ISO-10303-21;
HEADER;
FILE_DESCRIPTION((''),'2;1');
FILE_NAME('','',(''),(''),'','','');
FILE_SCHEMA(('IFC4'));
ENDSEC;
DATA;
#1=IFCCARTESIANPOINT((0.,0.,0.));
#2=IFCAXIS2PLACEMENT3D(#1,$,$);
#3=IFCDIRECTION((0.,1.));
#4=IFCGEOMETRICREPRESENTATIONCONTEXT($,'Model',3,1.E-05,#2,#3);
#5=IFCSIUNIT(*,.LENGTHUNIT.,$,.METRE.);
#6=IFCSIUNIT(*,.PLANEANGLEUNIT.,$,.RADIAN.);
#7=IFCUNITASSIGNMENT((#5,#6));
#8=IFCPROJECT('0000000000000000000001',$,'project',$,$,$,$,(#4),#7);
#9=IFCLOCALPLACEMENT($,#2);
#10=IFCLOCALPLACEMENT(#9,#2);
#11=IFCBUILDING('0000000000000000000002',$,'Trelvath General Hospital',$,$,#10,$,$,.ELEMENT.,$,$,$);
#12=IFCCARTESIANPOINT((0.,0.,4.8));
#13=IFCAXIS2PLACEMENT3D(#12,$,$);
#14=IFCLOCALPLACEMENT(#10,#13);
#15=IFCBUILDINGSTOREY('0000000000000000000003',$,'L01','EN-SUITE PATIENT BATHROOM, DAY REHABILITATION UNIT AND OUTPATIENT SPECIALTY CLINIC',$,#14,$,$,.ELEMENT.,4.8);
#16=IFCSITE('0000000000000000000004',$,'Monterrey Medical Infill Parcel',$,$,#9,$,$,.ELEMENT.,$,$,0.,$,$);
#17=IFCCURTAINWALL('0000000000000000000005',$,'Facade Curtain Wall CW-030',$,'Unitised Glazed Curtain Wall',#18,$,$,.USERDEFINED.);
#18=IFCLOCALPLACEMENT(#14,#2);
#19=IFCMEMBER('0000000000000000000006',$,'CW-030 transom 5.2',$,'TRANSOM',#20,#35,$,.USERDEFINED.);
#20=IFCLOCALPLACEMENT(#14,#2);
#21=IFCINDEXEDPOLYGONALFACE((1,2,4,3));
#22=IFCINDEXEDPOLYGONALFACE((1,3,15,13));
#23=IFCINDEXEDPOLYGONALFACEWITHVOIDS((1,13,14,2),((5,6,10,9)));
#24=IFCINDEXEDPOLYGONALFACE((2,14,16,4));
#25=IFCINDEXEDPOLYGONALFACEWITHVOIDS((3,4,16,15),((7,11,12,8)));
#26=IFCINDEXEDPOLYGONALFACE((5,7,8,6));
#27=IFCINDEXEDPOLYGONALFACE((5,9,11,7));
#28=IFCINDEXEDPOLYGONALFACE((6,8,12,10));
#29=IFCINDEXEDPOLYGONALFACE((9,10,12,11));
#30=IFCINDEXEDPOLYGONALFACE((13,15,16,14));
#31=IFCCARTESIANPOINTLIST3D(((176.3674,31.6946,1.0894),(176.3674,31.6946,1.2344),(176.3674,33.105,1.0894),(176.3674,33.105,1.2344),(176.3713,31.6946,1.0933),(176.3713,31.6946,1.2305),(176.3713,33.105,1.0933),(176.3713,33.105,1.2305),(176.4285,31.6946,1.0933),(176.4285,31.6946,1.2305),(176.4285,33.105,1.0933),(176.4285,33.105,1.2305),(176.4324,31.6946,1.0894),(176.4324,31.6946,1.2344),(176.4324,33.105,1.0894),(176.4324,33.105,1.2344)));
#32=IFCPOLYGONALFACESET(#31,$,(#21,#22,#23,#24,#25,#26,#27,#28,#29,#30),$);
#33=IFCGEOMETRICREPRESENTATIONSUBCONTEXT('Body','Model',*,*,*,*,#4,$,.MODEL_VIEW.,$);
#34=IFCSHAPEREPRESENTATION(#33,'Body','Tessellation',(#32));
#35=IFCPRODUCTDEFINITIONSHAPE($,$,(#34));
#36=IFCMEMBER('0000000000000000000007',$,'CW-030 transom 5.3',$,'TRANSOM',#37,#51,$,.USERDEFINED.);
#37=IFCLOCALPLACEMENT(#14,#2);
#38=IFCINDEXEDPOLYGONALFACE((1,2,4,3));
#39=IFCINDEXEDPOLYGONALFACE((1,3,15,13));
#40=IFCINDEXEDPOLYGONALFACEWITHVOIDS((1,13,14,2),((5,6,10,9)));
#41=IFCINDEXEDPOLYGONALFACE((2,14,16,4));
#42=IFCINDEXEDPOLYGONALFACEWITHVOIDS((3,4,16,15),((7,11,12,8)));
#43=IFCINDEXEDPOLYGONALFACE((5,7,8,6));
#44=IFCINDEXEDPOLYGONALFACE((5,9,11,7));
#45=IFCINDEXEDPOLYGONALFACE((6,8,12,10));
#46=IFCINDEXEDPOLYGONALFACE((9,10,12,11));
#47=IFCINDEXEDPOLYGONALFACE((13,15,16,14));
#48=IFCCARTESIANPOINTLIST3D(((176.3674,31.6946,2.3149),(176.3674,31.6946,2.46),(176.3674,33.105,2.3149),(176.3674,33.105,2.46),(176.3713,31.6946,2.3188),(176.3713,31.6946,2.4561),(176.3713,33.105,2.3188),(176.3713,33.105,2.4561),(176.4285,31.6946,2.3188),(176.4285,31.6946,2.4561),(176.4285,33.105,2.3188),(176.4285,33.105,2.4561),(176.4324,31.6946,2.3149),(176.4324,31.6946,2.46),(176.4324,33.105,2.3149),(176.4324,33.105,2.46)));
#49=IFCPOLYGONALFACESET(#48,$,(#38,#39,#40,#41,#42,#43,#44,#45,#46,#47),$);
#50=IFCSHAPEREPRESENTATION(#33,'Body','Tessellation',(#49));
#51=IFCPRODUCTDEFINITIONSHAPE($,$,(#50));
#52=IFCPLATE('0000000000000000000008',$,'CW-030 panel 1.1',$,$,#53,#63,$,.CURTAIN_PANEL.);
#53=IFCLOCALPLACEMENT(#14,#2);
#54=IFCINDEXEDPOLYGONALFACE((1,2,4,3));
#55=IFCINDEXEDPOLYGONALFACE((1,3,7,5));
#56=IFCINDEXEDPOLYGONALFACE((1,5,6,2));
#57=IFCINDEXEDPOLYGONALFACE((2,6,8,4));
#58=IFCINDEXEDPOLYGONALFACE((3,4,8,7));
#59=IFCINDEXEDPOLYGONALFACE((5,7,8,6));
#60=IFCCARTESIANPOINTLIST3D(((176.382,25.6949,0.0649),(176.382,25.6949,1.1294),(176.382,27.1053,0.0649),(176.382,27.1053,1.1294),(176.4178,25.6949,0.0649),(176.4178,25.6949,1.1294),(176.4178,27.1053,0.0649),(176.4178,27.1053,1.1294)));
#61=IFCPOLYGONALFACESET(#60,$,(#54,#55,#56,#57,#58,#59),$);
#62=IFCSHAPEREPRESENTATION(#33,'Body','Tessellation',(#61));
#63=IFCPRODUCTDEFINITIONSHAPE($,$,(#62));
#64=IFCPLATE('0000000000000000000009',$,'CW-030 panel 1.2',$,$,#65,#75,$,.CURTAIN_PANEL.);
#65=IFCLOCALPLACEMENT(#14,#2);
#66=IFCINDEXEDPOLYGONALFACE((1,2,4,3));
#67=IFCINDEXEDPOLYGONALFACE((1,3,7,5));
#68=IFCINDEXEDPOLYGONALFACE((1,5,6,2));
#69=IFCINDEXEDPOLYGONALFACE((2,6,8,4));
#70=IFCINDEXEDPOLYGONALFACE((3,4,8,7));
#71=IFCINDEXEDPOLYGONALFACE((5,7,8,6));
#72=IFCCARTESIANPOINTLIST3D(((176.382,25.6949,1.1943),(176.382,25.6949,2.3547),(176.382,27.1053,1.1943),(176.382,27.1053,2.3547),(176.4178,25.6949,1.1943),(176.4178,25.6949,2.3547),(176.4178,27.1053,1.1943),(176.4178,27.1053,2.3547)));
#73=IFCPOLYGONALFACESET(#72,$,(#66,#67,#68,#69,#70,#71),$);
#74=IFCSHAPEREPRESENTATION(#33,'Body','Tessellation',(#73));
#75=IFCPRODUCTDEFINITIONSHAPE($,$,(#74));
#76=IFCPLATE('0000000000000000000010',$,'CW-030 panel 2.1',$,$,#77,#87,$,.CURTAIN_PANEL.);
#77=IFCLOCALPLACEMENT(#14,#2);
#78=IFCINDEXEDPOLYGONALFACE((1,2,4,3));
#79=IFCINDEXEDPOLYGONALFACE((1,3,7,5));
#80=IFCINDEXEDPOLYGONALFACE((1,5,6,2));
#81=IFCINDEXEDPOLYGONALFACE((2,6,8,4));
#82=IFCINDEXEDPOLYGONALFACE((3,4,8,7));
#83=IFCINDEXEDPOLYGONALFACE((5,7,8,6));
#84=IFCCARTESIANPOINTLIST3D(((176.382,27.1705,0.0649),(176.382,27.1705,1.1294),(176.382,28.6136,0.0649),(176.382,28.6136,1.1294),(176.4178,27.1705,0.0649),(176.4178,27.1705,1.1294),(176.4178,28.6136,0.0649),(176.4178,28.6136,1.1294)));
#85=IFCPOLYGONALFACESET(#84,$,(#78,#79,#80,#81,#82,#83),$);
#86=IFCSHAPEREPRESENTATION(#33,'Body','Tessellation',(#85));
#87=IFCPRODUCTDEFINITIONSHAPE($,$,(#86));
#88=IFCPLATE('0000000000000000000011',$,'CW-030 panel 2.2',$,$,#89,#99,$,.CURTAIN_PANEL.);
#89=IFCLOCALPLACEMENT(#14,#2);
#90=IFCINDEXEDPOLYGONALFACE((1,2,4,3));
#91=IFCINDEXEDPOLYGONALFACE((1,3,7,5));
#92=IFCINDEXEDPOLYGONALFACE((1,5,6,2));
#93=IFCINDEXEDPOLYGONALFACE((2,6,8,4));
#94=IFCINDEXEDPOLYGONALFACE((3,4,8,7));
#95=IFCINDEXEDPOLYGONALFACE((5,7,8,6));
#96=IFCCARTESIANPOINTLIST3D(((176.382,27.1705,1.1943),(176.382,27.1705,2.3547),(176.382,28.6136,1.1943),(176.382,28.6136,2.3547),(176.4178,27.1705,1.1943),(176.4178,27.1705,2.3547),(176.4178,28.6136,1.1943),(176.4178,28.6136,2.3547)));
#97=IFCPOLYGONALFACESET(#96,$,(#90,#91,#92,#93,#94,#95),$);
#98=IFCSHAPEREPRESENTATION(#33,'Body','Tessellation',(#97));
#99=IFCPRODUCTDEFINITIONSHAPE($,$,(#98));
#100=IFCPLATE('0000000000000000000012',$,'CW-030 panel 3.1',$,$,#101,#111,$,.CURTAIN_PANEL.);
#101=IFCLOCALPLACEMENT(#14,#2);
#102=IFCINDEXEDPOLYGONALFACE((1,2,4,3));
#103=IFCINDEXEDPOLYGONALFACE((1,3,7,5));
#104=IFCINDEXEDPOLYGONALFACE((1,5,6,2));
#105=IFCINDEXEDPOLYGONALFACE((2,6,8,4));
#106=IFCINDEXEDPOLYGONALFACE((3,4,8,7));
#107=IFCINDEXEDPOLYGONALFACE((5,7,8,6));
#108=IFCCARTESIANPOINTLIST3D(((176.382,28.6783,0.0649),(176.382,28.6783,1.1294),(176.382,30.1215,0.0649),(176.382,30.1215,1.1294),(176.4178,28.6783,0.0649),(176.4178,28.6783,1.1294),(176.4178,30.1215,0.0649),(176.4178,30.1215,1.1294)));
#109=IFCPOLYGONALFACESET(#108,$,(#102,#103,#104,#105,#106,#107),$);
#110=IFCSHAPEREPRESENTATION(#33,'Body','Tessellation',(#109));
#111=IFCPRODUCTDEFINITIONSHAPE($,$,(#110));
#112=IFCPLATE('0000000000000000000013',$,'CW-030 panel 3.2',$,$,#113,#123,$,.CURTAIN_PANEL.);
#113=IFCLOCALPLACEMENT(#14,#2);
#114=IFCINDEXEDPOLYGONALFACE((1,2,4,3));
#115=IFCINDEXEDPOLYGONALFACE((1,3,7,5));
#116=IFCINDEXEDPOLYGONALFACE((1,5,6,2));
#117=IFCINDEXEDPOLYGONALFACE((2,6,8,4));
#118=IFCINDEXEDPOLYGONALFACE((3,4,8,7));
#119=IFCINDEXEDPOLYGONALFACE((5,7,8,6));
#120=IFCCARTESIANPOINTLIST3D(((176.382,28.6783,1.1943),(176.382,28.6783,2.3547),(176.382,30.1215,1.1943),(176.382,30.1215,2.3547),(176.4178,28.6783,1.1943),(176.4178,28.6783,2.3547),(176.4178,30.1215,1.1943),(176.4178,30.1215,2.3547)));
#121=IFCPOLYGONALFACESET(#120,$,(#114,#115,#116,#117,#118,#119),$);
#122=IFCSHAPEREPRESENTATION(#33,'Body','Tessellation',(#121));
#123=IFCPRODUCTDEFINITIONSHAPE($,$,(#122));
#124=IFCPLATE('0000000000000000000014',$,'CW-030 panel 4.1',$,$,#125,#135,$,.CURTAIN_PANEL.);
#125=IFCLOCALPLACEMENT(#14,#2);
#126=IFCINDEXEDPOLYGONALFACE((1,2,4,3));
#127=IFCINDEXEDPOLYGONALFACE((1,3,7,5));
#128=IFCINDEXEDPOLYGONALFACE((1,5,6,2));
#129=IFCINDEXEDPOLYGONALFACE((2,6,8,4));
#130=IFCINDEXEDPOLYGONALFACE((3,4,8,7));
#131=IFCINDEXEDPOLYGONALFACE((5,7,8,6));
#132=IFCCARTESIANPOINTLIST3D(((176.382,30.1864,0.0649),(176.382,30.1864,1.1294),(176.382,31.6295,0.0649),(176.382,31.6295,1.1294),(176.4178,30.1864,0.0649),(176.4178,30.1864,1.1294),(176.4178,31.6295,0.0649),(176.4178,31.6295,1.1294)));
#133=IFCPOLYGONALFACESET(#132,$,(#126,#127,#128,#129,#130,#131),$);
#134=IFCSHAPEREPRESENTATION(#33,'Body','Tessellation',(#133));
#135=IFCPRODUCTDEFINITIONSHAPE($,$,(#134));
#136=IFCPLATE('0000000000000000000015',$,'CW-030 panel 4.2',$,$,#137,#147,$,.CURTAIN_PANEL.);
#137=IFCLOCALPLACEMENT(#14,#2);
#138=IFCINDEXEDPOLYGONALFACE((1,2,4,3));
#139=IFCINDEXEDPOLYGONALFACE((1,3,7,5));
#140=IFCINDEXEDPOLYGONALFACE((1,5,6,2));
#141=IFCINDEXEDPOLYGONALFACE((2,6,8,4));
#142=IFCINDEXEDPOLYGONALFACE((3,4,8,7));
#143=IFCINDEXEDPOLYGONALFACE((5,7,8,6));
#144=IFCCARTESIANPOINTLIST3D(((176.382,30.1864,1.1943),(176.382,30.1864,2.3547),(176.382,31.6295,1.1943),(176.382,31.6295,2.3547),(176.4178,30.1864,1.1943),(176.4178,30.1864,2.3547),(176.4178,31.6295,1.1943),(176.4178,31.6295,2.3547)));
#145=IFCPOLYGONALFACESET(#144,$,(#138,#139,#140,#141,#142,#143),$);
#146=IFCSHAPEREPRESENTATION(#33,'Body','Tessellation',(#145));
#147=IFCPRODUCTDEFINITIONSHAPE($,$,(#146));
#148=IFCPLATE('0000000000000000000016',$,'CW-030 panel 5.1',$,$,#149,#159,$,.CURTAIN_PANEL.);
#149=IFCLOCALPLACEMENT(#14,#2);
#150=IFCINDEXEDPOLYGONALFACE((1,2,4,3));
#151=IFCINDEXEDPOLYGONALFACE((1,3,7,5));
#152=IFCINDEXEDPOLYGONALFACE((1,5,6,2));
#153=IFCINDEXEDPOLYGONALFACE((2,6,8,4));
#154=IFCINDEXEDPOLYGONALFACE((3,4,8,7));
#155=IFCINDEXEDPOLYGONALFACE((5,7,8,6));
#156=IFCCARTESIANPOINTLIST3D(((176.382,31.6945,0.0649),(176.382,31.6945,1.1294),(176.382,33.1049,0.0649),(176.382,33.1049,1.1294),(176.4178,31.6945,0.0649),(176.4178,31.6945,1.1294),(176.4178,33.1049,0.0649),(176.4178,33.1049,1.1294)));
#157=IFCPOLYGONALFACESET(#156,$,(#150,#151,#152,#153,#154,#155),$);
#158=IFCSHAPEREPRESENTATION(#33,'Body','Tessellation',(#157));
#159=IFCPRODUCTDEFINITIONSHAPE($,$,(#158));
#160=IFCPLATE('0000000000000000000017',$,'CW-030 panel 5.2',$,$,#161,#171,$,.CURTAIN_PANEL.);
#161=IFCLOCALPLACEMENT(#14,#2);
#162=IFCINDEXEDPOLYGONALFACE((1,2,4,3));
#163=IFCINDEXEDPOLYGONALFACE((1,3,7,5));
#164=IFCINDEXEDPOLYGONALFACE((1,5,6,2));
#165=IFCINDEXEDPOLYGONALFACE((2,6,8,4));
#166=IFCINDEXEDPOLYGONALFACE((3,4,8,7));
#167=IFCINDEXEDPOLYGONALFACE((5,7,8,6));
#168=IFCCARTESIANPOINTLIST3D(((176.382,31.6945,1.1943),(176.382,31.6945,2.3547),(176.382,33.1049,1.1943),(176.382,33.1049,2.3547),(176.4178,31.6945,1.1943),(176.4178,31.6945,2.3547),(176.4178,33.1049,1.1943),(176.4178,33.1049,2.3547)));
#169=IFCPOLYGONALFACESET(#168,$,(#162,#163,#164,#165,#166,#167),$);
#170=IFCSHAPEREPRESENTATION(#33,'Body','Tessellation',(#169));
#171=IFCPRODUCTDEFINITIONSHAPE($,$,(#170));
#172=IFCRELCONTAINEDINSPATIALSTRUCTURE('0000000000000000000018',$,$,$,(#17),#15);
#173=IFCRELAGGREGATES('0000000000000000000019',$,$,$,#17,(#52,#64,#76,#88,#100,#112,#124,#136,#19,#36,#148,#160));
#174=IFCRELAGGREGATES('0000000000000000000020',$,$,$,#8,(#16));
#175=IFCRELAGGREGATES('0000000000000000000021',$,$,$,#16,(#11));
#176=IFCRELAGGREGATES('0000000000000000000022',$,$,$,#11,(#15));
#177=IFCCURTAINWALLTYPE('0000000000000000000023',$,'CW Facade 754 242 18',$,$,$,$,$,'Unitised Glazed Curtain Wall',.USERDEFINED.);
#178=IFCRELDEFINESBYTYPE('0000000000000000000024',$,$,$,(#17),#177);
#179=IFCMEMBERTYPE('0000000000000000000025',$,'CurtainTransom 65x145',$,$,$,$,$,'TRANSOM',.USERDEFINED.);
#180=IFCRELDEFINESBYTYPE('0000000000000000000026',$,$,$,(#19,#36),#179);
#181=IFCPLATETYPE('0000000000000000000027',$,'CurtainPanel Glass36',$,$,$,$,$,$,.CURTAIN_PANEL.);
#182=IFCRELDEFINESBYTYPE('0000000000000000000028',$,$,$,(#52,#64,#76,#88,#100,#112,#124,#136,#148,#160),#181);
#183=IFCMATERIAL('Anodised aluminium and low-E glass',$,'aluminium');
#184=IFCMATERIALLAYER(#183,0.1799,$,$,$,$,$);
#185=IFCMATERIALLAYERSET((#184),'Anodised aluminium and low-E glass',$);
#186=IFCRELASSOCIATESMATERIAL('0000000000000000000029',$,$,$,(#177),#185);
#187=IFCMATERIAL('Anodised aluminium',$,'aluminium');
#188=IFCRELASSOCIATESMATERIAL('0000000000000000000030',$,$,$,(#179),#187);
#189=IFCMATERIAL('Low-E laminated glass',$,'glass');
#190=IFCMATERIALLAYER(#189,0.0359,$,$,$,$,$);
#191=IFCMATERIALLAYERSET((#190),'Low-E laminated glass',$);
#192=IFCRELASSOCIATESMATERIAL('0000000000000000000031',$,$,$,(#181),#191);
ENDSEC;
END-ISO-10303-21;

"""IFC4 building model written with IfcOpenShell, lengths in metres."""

from ifc_helpers import new_model, si_unit, direction, frame, origin, origin_2d, place, context, subcontext, project, spatial, rectangle, hollow_rectangle, extrude, material, layer, layer_set, material_profile, profile_set, type_object, element, aggregate, save


model = new_model("IFC4")

# Units and contexts
model_context = context("Model", 3, precision=1e-05, world=origin(), true_north=direction((0.0, 1.0)))
body_context = subcontext(model_context, "Body", "Model", "MODEL_VIEW")
ifc_project = project(units=[si_unit("LENGTHUNIT", "METRE"), si_unit("PLANEANGLEUNIT", "RADIAN")], contexts=[model_context])

# Site, building, storey
site_placement = place(None, origin())
site = spatial("IfcSite", under=ifc_project, at=site_placement, Name="Monterrey Medical Infill Parcel", CompositionType="ELEMENT", RefElevation=0.0)
building_placement = place(site_placement, origin())
building = spatial("IfcBuilding", under=site, at=building_placement, Name="Trelvath General Hospital", CompositionType="ELEMENT")
storey_placement = place(building_placement, frame((0.0, 0.0, 4.8)))
storey = spatial("IfcBuildingStorey", under=building, at=storey_placement, Name="L01", Description="EN-SUITE PATIENT BATHROOM, DAY REHABILITATION UNIT AND OUTPATIENT SPECIALTY CLINIC", CompositionType="ELEMENT", Elevation=4.8)

# Curtain wall, members, plates
ifc_material_1 = material(Name="Anodised aluminium and low-E glass", Category="aluminium")
ifc_layer_1 = layer(ifc_material_1, 0.1799)
ifc_layer_set_1 = layer_set([ifc_layer_1], Name="Anodised aluminium and low-E glass")
curtain_wall_type = type_object("IfcCurtainWallType", Name="CW Facade 754 242 18", ElementType="Unitised Glazed Curtain Wall", PredefinedType="USERDEFINED", material=ifc_layer_set_1)
curtain_wall_placement = place(storey_placement, origin())
curtain_wall = element("IfcCurtainWall", 1, at=curtain_wall_placement, inside=storey, type_object=curtain_wall_type, Name="Facade Curtain Wall CW-030", ObjectType="Unitised Glazed Curtain Wall", PredefinedType="USERDEFINED")
ifc_material_2 = material(Name="Anodised aluminium", Category="aluminium")
ifc_material_profile_1 = material_profile(ifc_material_2, hollow_rectangle(XDim=0.0649, YDim=0.145, WallThickness=0.0039, at=origin_2d()), Name="RHS65x145x4")
ifc_profile_set_1 = profile_set([ifc_material_profile_1], Name="Anodised aluminium")
member_type_1 = type_object("IfcMemberType", Name="CurtainTransom 65x145", ElementType="TRANSOM", PredefinedType="USERDEFINED", material=ifc_profile_set_1)
member_1_placement = place(storey_placement, frame((176.3999, 31.6946, 1.1619), z_axis=(0.0, 1.0, 0.0), x_axis=(-1.0, 0.0, 0.0)))
member_1 = element("IfcMember", 2, at=member_1_placement, type_object=member_type_1, Name="CW-030 transom 5.2", ObjectType="TRANSOM", PredefinedType="USERDEFINED", context=body_context, shape_type="SweptSolid", body=[
    extrude(hollow_rectangle(XDim=0.0649, YDim=0.145, WallThickness=0.0039, at=origin_2d()), origin(), (0.0, 0.0, 1.0), 1.4104),
])
member_2_placement = place(storey_placement, frame((176.3999, 31.6946, 2.3875), z_axis=(0.0, 1.0, 0.0), x_axis=(-1.0, 0.0, 0.0)))
member_2 = element("IfcMember", 3, at=member_2_placement, type_object=member_type_1, Name="CW-030 transom 5.3", ObjectType="TRANSOM", PredefinedType="USERDEFINED", context=body_context, shape_type="SweptSolid", body=[
    extrude(hollow_rectangle(XDim=0.0649, YDim=0.145, WallThickness=0.0039, at=origin_2d()), origin(), (0.0, 0.0, 1.0), 1.4104),
])
ifc_material_3 = material(Name="Low-E laminated glass", Category="glass")
ifc_layer_2 = layer(ifc_material_3, 0.0359)
ifc_layer_set_2 = layer_set([ifc_layer_2], Name="Low-E laminated glass")
plate_type = type_object("IfcPlateType", Name="CurtainPanel Glass36", PredefinedType="CURTAIN_PANEL", material=ifc_layer_set_2)
plate_1_placement = place(storey_placement, frame((176.3999, 26.4001, 0.0649), z_axis=(0.0, 0.0, 1.0), x_axis=(0.0, 1.0, 0.0)))
plate_1 = element("IfcPlate", 4, at=plate_1_placement, type_object=plate_type, Name="CW-030 panel 1.1", PredefinedType="CURTAIN_PANEL", context=body_context, shape_type="SweptSolid", body=[
    extrude(rectangle(XDim=1.4104, YDim=0.0359, at=origin_2d()), origin(), (0.0, 0.0, 1.0), 1.0645),
])
plate_2_placement = place(storey_placement, frame((176.3999, 26.4001, 1.1943), z_axis=(0.0, 0.0, 1.0), x_axis=(0.0, 1.0, 0.0)))
plate_2 = element("IfcPlate", 5, at=plate_2_placement, type_object=plate_type, Name="CW-030 panel 1.2", PredefinedType="CURTAIN_PANEL", context=body_context, shape_type="SweptSolid", body=[
    extrude(rectangle(XDim=1.4104, YDim=0.0359, at=origin_2d()), origin(), (0.0, 0.0, 1.0), 1.1604),
])
plate_3_placement = place(storey_placement, frame((176.3999, 27.8921, 0.0649), z_axis=(0.0, 0.0, 1.0), x_axis=(0.0, 1.0, 0.0)))
plate_3 = element("IfcPlate", 6, at=plate_3_placement, type_object=plate_type, Name="CW-030 panel 2.1", PredefinedType="CURTAIN_PANEL", context=body_context, shape_type="SweptSolid", body=[
    extrude(rectangle(XDim=1.4431, YDim=0.0359, at=origin_2d()), origin(), (0.0, 0.0, 1.0), 1.0645),
])
plate_4_placement = place(storey_placement, frame((176.3999, 27.8921, 1.1943), z_axis=(0.0, 0.0, 1.0), x_axis=(0.0, 1.0, 0.0)))
plate_4 = element("IfcPlate", 7, at=plate_4_placement, type_object=plate_type, Name="CW-030 panel 2.2", PredefinedType="CURTAIN_PANEL", context=body_context, shape_type="SweptSolid", body=[
    extrude(rectangle(XDim=1.4431, YDim=0.0359, at=origin_2d()), origin(), (0.0, 0.0, 1.0), 1.1604),
])
plate_5_placement = place(storey_placement, frame((176.3999, 29.3999, 0.0649), z_axis=(0.0, 0.0, 1.0), x_axis=(0.0, 1.0, 0.0)))
plate_5 = element("IfcPlate", 8, at=plate_5_placement, type_object=plate_type, Name="CW-030 panel 3.1", PredefinedType="CURTAIN_PANEL", context=body_context, shape_type="SweptSolid", body=[
    extrude(rectangle(XDim=1.4431, YDim=0.0359, at=origin_2d()), origin(), (0.0, 0.0, 1.0), 1.0645),
])
plate_6_placement = place(storey_placement, frame((176.3999, 29.3999, 1.1943), z_axis=(0.0, 0.0, 1.0), x_axis=(0.0, 1.0, 0.0)))
plate_6 = element("IfcPlate", 9, at=plate_6_placement, type_object=plate_type, Name="CW-030 panel 3.2", PredefinedType="CURTAIN_PANEL", context=body_context, shape_type="SweptSolid", body=[
    extrude(rectangle(XDim=1.4431, YDim=0.0359, at=origin_2d()), origin(), (0.0, 0.0, 1.0), 1.1604),
])
plate_7_placement = place(storey_placement, frame((176.3999, 30.908, 0.0649), z_axis=(0.0, 0.0, 1.0), x_axis=(0.0, 1.0, 0.0)))
plate_7 = element("IfcPlate", 10, at=plate_7_placement, type_object=plate_type, Name="CW-030 panel 4.1", PredefinedType="CURTAIN_PANEL", context=body_context, shape_type="SweptSolid", body=[
    extrude(rectangle(XDim=1.4431, YDim=0.0359, at=origin_2d()), origin(), (0.0, 0.0, 1.0), 1.0645),
])
plate_8_placement = place(storey_placement, frame((176.3999, 30.908, 1.1943), z_axis=(0.0, 0.0, 1.0), x_axis=(0.0, 1.0, 0.0)))
plate_8 = element("IfcPlate", 11, at=plate_8_placement, type_object=plate_type, Name="CW-030 panel 4.2", PredefinedType="CURTAIN_PANEL", context=body_context, shape_type="SweptSolid", body=[
    extrude(rectangle(XDim=1.4431, YDim=0.0359, at=origin_2d()), origin(), (0.0, 0.0, 1.0), 1.1604),
])
plate_9_placement = place(storey_placement, frame((176.3999, 32.3997, 0.0649), z_axis=(0.0, 0.0, 1.0), x_axis=(0.0, 1.0, 0.0)))
plate_9 = element("IfcPlate", 12, at=plate_9_placement, type_object=plate_type, Name="CW-030 panel 5.1", PredefinedType="CURTAIN_PANEL", context=body_context, shape_type="SweptSolid", body=[
    extrude(rectangle(XDim=1.4104, YDim=0.0359, at=origin_2d()), origin(), (0.0, 0.0, 1.0), 1.0645),
])
plate_10_placement = place(storey_placement, frame((176.3999, 32.3997, 1.1943), z_axis=(0.0, 0.0, 1.0), x_axis=(0.0, 1.0, 0.0)))
plate_10 = element("IfcPlate", 13, at=plate_10_placement, type_object=plate_type, Name="CW-030 panel 5.2", PredefinedType="CURTAIN_PANEL", context=body_context, shape_type="SweptSolid", body=[
    extrude(rectangle(XDim=1.4104, YDim=0.0359, at=origin_2d()), origin(), (0.0, 0.0, 1.0), 1.1604),
])
aggregate(curtain_wall, [plate_1, plate_2, plate_3, plate_4, plate_5, plate_6, plate_7, plate_8, member_1, member_2, plate_9, plate_10])

save(model, "model.ifc")
